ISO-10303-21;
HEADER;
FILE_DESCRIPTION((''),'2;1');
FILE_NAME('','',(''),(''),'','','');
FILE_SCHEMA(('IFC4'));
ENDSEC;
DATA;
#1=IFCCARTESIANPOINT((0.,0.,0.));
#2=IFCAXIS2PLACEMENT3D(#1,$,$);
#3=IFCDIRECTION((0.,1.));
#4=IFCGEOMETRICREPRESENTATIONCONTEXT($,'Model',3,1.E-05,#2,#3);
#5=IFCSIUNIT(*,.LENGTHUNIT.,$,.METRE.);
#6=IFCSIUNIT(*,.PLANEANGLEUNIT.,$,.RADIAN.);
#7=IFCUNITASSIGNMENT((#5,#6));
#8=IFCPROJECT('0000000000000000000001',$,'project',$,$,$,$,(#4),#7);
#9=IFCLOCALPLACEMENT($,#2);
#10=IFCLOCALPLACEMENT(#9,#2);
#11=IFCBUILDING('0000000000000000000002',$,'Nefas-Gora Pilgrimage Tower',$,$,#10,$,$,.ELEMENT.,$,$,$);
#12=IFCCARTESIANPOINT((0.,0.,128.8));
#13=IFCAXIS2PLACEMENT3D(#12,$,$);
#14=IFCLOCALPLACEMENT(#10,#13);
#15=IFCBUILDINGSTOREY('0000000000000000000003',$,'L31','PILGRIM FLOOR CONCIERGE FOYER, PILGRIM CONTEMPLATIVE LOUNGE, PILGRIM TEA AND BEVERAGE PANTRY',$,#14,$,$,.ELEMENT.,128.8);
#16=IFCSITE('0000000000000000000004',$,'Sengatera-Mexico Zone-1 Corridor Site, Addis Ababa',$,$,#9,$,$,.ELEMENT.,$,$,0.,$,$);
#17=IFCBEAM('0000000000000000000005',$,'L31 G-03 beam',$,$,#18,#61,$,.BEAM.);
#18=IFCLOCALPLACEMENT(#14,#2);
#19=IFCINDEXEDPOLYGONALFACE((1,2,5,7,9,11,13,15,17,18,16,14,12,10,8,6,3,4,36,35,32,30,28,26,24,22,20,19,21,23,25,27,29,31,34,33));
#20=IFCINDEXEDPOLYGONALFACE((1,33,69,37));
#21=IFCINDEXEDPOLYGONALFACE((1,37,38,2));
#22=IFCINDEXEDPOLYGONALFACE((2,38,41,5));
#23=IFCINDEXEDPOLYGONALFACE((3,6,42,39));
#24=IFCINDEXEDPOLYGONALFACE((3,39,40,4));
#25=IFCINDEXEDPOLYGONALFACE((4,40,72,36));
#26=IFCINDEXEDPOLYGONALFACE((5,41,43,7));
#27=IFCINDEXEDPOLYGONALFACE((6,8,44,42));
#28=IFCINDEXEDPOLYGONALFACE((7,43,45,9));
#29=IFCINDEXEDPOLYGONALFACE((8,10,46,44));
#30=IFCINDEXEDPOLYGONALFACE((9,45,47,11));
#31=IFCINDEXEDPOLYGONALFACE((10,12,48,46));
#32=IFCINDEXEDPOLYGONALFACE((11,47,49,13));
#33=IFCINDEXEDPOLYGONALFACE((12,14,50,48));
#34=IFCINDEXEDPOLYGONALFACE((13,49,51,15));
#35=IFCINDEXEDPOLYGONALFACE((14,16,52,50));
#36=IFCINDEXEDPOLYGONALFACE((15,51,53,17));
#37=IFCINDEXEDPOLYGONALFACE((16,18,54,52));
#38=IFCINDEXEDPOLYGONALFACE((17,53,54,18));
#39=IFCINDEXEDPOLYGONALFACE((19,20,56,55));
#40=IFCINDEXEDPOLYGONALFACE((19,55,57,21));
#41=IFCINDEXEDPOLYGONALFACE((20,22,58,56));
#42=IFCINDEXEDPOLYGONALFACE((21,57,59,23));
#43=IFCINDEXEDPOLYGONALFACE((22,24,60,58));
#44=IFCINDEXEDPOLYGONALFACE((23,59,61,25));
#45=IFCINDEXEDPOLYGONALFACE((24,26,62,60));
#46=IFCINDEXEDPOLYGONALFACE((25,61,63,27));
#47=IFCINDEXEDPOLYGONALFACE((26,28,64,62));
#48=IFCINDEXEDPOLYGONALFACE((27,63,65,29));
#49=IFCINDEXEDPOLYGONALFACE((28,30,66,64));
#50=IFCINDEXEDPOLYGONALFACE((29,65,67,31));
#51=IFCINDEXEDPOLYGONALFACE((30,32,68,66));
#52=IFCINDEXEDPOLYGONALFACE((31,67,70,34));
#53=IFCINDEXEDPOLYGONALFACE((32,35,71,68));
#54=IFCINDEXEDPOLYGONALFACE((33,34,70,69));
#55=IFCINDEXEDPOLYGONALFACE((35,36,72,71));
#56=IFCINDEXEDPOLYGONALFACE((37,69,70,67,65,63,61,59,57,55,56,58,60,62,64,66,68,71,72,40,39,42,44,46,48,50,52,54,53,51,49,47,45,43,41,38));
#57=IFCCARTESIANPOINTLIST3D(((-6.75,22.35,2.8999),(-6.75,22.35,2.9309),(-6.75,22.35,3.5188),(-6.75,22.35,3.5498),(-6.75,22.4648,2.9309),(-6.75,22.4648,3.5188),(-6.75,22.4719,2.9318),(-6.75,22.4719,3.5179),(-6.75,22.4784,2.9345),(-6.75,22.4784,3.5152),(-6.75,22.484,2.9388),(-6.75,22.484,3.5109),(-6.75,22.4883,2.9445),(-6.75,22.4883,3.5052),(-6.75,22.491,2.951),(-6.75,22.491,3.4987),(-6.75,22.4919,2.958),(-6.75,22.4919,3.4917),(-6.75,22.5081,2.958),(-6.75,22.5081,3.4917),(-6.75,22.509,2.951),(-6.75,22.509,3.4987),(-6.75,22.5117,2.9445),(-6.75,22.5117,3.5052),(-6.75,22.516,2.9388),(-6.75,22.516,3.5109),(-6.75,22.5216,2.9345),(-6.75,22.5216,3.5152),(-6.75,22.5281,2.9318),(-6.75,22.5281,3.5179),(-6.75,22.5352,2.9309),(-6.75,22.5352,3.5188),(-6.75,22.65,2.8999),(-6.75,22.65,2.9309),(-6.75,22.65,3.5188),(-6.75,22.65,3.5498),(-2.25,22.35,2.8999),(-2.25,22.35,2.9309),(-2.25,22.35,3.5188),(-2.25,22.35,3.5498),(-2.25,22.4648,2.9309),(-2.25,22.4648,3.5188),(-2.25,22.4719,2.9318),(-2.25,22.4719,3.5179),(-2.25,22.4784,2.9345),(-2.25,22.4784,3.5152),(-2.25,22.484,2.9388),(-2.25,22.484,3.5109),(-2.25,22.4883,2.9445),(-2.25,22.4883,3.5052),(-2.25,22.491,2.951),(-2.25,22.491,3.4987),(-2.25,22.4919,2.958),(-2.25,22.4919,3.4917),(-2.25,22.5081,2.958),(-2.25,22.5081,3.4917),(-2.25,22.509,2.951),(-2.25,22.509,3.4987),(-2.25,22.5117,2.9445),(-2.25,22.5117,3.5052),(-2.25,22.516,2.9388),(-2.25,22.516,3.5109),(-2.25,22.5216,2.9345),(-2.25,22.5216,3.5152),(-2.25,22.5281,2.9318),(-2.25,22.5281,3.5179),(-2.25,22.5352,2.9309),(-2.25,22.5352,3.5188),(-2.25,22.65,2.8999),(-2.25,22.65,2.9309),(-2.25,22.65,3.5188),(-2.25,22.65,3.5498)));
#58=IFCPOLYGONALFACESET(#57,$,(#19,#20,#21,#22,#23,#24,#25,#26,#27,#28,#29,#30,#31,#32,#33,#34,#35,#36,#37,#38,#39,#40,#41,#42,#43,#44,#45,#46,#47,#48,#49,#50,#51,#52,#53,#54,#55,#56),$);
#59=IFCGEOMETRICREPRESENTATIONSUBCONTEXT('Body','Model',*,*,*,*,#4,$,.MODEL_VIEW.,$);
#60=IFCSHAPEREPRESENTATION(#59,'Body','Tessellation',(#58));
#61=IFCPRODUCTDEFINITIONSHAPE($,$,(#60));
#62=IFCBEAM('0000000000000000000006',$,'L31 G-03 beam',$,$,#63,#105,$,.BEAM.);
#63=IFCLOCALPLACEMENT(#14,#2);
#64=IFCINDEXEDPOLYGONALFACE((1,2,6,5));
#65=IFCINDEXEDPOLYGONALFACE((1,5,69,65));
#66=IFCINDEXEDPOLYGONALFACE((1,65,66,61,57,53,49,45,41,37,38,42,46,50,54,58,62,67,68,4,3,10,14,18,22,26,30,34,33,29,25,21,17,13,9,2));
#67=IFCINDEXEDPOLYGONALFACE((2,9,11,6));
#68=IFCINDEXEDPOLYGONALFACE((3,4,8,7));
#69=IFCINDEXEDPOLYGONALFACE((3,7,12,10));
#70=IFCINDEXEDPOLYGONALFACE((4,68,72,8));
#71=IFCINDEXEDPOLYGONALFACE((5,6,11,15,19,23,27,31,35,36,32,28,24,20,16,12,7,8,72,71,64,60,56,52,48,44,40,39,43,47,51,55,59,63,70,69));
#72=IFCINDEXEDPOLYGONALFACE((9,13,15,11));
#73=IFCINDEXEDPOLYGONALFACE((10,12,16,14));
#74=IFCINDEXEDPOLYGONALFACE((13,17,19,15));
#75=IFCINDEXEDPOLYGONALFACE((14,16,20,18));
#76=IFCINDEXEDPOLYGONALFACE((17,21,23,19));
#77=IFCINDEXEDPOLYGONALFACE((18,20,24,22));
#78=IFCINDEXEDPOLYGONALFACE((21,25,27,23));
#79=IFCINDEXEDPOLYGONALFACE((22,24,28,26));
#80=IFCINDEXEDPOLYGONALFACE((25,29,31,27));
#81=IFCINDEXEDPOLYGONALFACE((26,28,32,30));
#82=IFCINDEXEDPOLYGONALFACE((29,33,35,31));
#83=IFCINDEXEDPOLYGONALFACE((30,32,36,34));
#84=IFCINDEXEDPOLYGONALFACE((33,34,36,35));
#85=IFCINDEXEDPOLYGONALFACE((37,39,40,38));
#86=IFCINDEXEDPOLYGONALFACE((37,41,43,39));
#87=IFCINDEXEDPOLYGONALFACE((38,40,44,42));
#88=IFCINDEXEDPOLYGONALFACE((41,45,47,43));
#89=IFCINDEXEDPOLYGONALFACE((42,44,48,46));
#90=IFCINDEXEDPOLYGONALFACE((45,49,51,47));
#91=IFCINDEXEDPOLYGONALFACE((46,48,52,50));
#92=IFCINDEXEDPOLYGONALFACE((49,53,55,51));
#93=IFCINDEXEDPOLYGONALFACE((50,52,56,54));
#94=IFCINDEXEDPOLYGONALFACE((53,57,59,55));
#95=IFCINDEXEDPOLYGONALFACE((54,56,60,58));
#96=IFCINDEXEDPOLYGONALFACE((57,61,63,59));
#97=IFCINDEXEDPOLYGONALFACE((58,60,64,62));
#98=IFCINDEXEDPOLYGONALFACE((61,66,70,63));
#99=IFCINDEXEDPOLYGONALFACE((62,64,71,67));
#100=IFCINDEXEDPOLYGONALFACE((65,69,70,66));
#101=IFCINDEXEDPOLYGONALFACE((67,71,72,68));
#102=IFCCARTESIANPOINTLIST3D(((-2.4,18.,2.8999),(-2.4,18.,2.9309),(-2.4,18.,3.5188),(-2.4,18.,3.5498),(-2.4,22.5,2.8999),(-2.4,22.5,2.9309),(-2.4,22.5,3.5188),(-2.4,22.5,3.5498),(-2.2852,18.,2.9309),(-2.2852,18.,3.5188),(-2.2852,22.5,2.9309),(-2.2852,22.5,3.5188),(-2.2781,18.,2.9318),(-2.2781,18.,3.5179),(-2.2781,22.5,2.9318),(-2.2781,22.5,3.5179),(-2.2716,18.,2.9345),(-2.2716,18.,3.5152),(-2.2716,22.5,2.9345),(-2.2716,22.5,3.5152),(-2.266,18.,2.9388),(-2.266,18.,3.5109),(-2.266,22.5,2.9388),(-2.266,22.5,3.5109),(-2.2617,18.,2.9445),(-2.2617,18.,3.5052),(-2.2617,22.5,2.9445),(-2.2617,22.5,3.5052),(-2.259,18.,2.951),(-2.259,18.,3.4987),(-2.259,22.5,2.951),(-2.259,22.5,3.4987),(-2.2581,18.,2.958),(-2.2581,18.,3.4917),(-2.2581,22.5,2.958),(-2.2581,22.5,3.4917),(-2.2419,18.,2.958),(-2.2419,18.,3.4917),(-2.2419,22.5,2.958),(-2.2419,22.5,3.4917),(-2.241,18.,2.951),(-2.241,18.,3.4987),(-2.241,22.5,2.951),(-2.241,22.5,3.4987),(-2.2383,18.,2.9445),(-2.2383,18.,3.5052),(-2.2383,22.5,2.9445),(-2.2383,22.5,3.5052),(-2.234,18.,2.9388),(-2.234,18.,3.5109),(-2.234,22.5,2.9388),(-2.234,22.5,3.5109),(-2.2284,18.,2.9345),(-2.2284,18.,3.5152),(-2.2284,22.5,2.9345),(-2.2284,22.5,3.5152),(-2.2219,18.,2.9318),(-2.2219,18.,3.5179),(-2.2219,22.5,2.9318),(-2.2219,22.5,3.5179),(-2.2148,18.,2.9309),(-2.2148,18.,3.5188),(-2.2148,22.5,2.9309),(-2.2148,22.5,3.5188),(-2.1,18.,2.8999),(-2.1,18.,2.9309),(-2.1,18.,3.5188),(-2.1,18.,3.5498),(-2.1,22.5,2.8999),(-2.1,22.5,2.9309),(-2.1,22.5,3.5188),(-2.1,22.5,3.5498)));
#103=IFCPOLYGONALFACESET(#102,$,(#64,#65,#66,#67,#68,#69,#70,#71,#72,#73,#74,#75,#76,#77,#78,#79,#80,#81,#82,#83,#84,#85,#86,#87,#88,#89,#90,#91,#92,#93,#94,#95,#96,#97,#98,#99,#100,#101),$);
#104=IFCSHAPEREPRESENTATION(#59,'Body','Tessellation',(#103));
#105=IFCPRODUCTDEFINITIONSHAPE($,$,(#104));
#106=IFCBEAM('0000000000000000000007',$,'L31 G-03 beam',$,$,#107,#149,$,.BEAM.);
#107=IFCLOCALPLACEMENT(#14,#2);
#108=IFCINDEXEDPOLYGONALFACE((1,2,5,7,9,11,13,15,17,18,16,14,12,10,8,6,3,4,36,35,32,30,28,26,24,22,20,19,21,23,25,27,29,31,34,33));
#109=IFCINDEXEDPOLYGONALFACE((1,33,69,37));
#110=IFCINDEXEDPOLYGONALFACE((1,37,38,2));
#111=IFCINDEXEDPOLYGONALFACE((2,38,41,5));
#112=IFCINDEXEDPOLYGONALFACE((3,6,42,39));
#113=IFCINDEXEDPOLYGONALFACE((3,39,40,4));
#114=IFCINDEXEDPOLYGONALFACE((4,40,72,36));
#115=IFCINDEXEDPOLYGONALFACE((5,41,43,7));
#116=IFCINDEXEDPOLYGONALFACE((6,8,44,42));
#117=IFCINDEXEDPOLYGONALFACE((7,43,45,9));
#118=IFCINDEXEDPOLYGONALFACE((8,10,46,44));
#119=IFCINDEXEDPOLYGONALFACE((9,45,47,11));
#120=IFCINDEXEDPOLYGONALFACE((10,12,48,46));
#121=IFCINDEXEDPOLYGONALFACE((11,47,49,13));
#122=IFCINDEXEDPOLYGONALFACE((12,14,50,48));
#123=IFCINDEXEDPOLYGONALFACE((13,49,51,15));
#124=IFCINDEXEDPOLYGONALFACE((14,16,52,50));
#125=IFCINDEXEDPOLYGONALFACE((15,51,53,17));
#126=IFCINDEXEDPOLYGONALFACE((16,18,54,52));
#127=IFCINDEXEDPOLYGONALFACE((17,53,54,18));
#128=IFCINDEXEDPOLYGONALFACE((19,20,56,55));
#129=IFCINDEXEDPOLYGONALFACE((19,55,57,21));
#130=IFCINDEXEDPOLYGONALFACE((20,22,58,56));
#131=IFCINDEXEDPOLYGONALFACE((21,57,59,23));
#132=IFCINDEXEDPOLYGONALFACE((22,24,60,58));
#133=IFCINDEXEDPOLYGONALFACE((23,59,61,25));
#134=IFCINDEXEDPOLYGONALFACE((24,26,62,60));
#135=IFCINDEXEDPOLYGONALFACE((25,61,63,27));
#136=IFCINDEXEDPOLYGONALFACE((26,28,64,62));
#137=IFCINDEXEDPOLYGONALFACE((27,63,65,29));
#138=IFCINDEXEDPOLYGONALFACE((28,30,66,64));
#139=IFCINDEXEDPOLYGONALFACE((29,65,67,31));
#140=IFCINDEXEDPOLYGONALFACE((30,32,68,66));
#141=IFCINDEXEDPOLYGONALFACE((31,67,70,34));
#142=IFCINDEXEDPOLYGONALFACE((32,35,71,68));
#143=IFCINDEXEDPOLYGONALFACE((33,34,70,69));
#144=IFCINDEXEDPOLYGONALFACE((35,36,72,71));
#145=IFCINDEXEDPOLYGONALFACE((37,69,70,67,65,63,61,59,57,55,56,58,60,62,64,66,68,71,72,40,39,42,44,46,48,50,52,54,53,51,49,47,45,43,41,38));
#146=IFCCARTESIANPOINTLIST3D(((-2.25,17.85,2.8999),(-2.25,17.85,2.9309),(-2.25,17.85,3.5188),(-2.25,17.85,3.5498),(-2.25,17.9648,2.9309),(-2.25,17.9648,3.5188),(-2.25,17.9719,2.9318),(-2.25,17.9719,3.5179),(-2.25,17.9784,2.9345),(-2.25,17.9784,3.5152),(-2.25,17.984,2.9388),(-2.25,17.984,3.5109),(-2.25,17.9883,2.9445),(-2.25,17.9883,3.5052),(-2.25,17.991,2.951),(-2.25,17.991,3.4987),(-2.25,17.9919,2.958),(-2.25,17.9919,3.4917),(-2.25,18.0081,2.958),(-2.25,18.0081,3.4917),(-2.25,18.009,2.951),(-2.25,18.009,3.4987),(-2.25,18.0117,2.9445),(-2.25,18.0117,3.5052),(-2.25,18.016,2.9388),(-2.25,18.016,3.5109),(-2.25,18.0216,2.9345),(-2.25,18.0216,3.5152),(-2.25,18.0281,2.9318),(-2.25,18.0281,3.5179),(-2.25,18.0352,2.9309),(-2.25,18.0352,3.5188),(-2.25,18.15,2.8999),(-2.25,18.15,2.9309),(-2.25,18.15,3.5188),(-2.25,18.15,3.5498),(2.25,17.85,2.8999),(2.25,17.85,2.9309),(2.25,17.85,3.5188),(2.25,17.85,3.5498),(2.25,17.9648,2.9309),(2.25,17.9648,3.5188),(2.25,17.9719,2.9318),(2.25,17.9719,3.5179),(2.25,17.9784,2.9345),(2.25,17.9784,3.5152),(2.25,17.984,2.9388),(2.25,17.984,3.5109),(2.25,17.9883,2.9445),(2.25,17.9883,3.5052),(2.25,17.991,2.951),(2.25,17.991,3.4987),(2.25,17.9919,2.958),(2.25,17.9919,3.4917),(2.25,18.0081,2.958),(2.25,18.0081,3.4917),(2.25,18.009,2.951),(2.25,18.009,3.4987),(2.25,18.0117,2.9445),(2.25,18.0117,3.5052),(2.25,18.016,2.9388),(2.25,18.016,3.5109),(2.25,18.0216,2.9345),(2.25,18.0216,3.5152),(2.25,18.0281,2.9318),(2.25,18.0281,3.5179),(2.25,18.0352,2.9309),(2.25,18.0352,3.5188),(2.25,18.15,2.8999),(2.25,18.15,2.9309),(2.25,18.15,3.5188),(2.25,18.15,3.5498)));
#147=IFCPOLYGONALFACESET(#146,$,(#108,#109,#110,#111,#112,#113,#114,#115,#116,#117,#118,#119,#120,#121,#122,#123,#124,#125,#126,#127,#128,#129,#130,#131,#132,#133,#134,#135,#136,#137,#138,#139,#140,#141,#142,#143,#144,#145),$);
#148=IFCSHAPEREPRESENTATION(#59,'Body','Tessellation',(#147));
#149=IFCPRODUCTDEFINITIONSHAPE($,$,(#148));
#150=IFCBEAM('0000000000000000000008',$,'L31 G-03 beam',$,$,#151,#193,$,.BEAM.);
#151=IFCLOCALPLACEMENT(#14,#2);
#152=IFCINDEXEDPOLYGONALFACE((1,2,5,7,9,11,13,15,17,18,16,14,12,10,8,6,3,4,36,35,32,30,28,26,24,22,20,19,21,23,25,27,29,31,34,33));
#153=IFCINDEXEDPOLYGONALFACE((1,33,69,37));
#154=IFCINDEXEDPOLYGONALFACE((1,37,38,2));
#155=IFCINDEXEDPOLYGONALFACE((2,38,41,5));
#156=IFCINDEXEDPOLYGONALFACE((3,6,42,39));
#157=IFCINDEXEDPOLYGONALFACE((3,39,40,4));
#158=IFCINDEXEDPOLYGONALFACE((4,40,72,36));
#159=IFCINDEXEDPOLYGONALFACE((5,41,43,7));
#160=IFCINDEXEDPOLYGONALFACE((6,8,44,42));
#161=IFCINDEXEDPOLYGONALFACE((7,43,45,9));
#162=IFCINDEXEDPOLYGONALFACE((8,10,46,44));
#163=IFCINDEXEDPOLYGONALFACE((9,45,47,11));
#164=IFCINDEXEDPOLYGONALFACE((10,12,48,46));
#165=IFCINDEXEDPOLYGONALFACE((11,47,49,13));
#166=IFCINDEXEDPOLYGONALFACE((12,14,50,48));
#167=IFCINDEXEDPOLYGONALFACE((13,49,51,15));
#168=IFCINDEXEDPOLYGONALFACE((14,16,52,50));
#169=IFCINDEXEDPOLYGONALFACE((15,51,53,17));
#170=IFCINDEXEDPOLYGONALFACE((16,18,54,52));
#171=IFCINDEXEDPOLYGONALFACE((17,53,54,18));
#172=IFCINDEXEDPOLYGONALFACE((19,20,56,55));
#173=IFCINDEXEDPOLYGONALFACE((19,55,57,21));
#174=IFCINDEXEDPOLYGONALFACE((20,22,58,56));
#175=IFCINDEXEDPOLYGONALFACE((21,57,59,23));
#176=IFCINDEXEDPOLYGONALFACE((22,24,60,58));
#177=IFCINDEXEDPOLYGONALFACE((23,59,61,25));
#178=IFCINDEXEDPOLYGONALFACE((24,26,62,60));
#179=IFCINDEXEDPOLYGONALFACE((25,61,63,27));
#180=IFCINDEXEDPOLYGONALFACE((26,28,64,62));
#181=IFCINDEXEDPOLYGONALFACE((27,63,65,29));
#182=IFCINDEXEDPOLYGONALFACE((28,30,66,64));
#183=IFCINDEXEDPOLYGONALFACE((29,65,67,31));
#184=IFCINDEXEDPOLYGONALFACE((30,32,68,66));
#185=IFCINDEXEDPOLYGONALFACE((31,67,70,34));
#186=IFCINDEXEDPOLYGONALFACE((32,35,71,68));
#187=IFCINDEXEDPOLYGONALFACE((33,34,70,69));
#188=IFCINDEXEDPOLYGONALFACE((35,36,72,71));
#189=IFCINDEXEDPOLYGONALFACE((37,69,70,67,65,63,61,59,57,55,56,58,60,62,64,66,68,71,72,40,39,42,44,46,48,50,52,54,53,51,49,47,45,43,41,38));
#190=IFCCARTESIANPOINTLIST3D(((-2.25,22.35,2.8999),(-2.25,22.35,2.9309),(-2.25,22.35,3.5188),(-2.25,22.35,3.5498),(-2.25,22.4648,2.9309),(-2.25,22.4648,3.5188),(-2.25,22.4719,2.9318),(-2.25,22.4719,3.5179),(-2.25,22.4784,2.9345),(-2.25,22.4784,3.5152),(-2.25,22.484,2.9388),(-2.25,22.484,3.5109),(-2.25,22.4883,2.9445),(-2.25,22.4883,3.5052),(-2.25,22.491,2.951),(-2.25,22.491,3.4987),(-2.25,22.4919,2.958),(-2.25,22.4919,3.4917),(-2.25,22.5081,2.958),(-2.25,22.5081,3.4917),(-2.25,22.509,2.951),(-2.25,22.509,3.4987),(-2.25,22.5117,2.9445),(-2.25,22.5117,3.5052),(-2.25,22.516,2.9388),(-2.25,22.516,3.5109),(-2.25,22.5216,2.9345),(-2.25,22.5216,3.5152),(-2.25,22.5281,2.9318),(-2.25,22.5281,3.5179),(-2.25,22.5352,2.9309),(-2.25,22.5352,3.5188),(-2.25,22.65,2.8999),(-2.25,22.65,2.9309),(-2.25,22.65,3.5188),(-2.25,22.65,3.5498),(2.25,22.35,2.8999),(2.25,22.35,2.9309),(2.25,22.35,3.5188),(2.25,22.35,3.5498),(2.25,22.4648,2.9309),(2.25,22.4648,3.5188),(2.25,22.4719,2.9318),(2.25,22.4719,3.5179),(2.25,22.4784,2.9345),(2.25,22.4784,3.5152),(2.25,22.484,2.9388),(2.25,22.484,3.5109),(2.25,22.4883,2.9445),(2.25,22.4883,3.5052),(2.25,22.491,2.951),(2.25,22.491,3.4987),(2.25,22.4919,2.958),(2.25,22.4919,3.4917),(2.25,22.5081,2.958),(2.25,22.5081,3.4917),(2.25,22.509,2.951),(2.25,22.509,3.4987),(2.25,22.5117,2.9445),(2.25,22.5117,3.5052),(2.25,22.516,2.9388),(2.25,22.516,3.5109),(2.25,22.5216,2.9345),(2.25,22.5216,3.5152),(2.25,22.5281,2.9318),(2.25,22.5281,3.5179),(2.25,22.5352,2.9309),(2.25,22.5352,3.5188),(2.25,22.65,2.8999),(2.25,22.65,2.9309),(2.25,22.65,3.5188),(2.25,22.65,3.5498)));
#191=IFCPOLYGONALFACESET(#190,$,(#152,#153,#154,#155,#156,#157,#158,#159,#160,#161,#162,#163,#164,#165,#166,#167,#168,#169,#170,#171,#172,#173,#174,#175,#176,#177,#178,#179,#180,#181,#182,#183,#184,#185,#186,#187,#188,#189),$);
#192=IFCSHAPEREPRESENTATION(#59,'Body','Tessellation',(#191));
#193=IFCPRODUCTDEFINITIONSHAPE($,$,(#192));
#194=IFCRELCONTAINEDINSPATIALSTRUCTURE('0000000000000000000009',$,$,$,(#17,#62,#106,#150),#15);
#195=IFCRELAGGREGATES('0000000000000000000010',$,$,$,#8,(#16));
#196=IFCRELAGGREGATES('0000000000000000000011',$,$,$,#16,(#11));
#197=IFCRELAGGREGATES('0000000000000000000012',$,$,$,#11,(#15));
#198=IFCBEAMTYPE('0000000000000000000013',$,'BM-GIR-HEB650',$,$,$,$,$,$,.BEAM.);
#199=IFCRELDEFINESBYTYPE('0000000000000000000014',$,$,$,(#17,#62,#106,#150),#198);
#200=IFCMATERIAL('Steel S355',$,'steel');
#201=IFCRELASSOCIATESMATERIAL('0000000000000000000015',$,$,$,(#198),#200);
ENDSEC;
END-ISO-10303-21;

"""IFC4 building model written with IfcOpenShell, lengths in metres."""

from ifc_helpers import new_model, si_unit, direction, frame, origin, origin_2d, place, context, subcontext, project, spatial, i_section, extrude, source, transform, mapped, material, material_profile, profile_set, type_object, element, save


model = new_model("IFC4")

# Units and contexts
model_context = context("Model", 3, precision=1e-05, world=origin(), true_north=direction((0.0, 1.0)))
body_context = subcontext(model_context, "Body", "Model", "MODEL_VIEW")
ifc_project = project(units=[si_unit("LENGTHUNIT", "METRE"), si_unit("PLANEANGLEUNIT", "RADIAN")], contexts=[model_context])

# Site, building, storey
site_placement = place(None, origin())
site = spatial("IfcSite", under=ifc_project, at=site_placement, Name="Sengatera-Mexico Zone-1 Corridor Site, Addis Ababa", CompositionType="ELEMENT", RefElevation=0.0)
building_placement = place(site_placement, origin())
building = spatial("IfcBuilding", under=site, at=building_placement, Name="Nefas-Gora Pilgrimage Tower", CompositionType="ELEMENT")
storey_placement = place(building_placement, frame((0.0, 0.0, 128.8)))
storey = spatial("IfcBuildingStorey", under=building, at=storey_placement, Name="L31", Description="PILGRIM FLOOR CONCIERGE FOYER, PILGRIM CONTEMPLATIVE LOUNGE, PILGRIM TEA AND BEVERAGE PANTRY", CompositionType="ELEMENT", Elevation=128.8)

# Beams
ifc_material_1 = material(Name="Steel S355", Category="steel")
ifc_material_profile_1 = material_profile(ifc_material_1, i_section(OverallWidth=0.3, OverallDepth=0.6499, WebThickness=0.0161, FlangeThickness=0.031, FilletRadius=0.0271, at=origin_2d()), Name="HEB 650")
ifc_profile_set_1 = profile_set([ifc_material_profile_1], Name="Steel S355")
beam_type = type_object("IfcBeamType", Name="BM-GIR-HEB650", PredefinedType="BEAM", material=ifc_profile_set_1)
shared_shape_1 = source(origin(), body_context, "Body", "SweptSolid", [
    extrude(i_section(OverallWidth=0.3, OverallDepth=0.6499, WebThickness=0.0161, FlangeThickness=0.031, FilletRadius=0.0271, at=origin_2d()), origin(), (0.0, 0.0, 1.0), 4.5),
])
for number, where, z_axis, x_axis, name in (
    (1, (-6.75, 22.5, 3.2249), (1.0, 0.0, 0.0), (0.0, 1.0, 0.0), "L31 G-03 beam"),
    (2, (-2.25, 18.0, 3.2249), (0.0, 1.0, 0.0), (-1.0, 0.0, 0.0), "L31 G-03 beam"),
    (3, (-2.25, 18.0, 3.2249), (1.0, 0.0, 0.0), (0.0, 1.0, 0.0), "L31 G-03 beam"),
    (4, (-2.25, 22.5, 3.2249), (1.0, 0.0, 0.0), (0.0, 1.0, 0.0), "L31 G-03 beam"),
):
    element("IfcBeam", number, at=place(storey_placement, frame(where, z_axis=z_axis, x_axis=x_axis)), inside=storey, type_object=beam_type, Name=name, PredefinedType="BEAM", context=body_context, shape_type="MappedRepresentation", body=[
        mapped(shared_shape_1, transform((0.0, 0.0, 0.0), x_axis=(1.0, 0.0, 0.0), y_axis=(0.0, 1.0, 0.0), z_axis=(0.0, 0.0, 1.0), scale=1.0)),
    ])

save(model, "model.ifc")
